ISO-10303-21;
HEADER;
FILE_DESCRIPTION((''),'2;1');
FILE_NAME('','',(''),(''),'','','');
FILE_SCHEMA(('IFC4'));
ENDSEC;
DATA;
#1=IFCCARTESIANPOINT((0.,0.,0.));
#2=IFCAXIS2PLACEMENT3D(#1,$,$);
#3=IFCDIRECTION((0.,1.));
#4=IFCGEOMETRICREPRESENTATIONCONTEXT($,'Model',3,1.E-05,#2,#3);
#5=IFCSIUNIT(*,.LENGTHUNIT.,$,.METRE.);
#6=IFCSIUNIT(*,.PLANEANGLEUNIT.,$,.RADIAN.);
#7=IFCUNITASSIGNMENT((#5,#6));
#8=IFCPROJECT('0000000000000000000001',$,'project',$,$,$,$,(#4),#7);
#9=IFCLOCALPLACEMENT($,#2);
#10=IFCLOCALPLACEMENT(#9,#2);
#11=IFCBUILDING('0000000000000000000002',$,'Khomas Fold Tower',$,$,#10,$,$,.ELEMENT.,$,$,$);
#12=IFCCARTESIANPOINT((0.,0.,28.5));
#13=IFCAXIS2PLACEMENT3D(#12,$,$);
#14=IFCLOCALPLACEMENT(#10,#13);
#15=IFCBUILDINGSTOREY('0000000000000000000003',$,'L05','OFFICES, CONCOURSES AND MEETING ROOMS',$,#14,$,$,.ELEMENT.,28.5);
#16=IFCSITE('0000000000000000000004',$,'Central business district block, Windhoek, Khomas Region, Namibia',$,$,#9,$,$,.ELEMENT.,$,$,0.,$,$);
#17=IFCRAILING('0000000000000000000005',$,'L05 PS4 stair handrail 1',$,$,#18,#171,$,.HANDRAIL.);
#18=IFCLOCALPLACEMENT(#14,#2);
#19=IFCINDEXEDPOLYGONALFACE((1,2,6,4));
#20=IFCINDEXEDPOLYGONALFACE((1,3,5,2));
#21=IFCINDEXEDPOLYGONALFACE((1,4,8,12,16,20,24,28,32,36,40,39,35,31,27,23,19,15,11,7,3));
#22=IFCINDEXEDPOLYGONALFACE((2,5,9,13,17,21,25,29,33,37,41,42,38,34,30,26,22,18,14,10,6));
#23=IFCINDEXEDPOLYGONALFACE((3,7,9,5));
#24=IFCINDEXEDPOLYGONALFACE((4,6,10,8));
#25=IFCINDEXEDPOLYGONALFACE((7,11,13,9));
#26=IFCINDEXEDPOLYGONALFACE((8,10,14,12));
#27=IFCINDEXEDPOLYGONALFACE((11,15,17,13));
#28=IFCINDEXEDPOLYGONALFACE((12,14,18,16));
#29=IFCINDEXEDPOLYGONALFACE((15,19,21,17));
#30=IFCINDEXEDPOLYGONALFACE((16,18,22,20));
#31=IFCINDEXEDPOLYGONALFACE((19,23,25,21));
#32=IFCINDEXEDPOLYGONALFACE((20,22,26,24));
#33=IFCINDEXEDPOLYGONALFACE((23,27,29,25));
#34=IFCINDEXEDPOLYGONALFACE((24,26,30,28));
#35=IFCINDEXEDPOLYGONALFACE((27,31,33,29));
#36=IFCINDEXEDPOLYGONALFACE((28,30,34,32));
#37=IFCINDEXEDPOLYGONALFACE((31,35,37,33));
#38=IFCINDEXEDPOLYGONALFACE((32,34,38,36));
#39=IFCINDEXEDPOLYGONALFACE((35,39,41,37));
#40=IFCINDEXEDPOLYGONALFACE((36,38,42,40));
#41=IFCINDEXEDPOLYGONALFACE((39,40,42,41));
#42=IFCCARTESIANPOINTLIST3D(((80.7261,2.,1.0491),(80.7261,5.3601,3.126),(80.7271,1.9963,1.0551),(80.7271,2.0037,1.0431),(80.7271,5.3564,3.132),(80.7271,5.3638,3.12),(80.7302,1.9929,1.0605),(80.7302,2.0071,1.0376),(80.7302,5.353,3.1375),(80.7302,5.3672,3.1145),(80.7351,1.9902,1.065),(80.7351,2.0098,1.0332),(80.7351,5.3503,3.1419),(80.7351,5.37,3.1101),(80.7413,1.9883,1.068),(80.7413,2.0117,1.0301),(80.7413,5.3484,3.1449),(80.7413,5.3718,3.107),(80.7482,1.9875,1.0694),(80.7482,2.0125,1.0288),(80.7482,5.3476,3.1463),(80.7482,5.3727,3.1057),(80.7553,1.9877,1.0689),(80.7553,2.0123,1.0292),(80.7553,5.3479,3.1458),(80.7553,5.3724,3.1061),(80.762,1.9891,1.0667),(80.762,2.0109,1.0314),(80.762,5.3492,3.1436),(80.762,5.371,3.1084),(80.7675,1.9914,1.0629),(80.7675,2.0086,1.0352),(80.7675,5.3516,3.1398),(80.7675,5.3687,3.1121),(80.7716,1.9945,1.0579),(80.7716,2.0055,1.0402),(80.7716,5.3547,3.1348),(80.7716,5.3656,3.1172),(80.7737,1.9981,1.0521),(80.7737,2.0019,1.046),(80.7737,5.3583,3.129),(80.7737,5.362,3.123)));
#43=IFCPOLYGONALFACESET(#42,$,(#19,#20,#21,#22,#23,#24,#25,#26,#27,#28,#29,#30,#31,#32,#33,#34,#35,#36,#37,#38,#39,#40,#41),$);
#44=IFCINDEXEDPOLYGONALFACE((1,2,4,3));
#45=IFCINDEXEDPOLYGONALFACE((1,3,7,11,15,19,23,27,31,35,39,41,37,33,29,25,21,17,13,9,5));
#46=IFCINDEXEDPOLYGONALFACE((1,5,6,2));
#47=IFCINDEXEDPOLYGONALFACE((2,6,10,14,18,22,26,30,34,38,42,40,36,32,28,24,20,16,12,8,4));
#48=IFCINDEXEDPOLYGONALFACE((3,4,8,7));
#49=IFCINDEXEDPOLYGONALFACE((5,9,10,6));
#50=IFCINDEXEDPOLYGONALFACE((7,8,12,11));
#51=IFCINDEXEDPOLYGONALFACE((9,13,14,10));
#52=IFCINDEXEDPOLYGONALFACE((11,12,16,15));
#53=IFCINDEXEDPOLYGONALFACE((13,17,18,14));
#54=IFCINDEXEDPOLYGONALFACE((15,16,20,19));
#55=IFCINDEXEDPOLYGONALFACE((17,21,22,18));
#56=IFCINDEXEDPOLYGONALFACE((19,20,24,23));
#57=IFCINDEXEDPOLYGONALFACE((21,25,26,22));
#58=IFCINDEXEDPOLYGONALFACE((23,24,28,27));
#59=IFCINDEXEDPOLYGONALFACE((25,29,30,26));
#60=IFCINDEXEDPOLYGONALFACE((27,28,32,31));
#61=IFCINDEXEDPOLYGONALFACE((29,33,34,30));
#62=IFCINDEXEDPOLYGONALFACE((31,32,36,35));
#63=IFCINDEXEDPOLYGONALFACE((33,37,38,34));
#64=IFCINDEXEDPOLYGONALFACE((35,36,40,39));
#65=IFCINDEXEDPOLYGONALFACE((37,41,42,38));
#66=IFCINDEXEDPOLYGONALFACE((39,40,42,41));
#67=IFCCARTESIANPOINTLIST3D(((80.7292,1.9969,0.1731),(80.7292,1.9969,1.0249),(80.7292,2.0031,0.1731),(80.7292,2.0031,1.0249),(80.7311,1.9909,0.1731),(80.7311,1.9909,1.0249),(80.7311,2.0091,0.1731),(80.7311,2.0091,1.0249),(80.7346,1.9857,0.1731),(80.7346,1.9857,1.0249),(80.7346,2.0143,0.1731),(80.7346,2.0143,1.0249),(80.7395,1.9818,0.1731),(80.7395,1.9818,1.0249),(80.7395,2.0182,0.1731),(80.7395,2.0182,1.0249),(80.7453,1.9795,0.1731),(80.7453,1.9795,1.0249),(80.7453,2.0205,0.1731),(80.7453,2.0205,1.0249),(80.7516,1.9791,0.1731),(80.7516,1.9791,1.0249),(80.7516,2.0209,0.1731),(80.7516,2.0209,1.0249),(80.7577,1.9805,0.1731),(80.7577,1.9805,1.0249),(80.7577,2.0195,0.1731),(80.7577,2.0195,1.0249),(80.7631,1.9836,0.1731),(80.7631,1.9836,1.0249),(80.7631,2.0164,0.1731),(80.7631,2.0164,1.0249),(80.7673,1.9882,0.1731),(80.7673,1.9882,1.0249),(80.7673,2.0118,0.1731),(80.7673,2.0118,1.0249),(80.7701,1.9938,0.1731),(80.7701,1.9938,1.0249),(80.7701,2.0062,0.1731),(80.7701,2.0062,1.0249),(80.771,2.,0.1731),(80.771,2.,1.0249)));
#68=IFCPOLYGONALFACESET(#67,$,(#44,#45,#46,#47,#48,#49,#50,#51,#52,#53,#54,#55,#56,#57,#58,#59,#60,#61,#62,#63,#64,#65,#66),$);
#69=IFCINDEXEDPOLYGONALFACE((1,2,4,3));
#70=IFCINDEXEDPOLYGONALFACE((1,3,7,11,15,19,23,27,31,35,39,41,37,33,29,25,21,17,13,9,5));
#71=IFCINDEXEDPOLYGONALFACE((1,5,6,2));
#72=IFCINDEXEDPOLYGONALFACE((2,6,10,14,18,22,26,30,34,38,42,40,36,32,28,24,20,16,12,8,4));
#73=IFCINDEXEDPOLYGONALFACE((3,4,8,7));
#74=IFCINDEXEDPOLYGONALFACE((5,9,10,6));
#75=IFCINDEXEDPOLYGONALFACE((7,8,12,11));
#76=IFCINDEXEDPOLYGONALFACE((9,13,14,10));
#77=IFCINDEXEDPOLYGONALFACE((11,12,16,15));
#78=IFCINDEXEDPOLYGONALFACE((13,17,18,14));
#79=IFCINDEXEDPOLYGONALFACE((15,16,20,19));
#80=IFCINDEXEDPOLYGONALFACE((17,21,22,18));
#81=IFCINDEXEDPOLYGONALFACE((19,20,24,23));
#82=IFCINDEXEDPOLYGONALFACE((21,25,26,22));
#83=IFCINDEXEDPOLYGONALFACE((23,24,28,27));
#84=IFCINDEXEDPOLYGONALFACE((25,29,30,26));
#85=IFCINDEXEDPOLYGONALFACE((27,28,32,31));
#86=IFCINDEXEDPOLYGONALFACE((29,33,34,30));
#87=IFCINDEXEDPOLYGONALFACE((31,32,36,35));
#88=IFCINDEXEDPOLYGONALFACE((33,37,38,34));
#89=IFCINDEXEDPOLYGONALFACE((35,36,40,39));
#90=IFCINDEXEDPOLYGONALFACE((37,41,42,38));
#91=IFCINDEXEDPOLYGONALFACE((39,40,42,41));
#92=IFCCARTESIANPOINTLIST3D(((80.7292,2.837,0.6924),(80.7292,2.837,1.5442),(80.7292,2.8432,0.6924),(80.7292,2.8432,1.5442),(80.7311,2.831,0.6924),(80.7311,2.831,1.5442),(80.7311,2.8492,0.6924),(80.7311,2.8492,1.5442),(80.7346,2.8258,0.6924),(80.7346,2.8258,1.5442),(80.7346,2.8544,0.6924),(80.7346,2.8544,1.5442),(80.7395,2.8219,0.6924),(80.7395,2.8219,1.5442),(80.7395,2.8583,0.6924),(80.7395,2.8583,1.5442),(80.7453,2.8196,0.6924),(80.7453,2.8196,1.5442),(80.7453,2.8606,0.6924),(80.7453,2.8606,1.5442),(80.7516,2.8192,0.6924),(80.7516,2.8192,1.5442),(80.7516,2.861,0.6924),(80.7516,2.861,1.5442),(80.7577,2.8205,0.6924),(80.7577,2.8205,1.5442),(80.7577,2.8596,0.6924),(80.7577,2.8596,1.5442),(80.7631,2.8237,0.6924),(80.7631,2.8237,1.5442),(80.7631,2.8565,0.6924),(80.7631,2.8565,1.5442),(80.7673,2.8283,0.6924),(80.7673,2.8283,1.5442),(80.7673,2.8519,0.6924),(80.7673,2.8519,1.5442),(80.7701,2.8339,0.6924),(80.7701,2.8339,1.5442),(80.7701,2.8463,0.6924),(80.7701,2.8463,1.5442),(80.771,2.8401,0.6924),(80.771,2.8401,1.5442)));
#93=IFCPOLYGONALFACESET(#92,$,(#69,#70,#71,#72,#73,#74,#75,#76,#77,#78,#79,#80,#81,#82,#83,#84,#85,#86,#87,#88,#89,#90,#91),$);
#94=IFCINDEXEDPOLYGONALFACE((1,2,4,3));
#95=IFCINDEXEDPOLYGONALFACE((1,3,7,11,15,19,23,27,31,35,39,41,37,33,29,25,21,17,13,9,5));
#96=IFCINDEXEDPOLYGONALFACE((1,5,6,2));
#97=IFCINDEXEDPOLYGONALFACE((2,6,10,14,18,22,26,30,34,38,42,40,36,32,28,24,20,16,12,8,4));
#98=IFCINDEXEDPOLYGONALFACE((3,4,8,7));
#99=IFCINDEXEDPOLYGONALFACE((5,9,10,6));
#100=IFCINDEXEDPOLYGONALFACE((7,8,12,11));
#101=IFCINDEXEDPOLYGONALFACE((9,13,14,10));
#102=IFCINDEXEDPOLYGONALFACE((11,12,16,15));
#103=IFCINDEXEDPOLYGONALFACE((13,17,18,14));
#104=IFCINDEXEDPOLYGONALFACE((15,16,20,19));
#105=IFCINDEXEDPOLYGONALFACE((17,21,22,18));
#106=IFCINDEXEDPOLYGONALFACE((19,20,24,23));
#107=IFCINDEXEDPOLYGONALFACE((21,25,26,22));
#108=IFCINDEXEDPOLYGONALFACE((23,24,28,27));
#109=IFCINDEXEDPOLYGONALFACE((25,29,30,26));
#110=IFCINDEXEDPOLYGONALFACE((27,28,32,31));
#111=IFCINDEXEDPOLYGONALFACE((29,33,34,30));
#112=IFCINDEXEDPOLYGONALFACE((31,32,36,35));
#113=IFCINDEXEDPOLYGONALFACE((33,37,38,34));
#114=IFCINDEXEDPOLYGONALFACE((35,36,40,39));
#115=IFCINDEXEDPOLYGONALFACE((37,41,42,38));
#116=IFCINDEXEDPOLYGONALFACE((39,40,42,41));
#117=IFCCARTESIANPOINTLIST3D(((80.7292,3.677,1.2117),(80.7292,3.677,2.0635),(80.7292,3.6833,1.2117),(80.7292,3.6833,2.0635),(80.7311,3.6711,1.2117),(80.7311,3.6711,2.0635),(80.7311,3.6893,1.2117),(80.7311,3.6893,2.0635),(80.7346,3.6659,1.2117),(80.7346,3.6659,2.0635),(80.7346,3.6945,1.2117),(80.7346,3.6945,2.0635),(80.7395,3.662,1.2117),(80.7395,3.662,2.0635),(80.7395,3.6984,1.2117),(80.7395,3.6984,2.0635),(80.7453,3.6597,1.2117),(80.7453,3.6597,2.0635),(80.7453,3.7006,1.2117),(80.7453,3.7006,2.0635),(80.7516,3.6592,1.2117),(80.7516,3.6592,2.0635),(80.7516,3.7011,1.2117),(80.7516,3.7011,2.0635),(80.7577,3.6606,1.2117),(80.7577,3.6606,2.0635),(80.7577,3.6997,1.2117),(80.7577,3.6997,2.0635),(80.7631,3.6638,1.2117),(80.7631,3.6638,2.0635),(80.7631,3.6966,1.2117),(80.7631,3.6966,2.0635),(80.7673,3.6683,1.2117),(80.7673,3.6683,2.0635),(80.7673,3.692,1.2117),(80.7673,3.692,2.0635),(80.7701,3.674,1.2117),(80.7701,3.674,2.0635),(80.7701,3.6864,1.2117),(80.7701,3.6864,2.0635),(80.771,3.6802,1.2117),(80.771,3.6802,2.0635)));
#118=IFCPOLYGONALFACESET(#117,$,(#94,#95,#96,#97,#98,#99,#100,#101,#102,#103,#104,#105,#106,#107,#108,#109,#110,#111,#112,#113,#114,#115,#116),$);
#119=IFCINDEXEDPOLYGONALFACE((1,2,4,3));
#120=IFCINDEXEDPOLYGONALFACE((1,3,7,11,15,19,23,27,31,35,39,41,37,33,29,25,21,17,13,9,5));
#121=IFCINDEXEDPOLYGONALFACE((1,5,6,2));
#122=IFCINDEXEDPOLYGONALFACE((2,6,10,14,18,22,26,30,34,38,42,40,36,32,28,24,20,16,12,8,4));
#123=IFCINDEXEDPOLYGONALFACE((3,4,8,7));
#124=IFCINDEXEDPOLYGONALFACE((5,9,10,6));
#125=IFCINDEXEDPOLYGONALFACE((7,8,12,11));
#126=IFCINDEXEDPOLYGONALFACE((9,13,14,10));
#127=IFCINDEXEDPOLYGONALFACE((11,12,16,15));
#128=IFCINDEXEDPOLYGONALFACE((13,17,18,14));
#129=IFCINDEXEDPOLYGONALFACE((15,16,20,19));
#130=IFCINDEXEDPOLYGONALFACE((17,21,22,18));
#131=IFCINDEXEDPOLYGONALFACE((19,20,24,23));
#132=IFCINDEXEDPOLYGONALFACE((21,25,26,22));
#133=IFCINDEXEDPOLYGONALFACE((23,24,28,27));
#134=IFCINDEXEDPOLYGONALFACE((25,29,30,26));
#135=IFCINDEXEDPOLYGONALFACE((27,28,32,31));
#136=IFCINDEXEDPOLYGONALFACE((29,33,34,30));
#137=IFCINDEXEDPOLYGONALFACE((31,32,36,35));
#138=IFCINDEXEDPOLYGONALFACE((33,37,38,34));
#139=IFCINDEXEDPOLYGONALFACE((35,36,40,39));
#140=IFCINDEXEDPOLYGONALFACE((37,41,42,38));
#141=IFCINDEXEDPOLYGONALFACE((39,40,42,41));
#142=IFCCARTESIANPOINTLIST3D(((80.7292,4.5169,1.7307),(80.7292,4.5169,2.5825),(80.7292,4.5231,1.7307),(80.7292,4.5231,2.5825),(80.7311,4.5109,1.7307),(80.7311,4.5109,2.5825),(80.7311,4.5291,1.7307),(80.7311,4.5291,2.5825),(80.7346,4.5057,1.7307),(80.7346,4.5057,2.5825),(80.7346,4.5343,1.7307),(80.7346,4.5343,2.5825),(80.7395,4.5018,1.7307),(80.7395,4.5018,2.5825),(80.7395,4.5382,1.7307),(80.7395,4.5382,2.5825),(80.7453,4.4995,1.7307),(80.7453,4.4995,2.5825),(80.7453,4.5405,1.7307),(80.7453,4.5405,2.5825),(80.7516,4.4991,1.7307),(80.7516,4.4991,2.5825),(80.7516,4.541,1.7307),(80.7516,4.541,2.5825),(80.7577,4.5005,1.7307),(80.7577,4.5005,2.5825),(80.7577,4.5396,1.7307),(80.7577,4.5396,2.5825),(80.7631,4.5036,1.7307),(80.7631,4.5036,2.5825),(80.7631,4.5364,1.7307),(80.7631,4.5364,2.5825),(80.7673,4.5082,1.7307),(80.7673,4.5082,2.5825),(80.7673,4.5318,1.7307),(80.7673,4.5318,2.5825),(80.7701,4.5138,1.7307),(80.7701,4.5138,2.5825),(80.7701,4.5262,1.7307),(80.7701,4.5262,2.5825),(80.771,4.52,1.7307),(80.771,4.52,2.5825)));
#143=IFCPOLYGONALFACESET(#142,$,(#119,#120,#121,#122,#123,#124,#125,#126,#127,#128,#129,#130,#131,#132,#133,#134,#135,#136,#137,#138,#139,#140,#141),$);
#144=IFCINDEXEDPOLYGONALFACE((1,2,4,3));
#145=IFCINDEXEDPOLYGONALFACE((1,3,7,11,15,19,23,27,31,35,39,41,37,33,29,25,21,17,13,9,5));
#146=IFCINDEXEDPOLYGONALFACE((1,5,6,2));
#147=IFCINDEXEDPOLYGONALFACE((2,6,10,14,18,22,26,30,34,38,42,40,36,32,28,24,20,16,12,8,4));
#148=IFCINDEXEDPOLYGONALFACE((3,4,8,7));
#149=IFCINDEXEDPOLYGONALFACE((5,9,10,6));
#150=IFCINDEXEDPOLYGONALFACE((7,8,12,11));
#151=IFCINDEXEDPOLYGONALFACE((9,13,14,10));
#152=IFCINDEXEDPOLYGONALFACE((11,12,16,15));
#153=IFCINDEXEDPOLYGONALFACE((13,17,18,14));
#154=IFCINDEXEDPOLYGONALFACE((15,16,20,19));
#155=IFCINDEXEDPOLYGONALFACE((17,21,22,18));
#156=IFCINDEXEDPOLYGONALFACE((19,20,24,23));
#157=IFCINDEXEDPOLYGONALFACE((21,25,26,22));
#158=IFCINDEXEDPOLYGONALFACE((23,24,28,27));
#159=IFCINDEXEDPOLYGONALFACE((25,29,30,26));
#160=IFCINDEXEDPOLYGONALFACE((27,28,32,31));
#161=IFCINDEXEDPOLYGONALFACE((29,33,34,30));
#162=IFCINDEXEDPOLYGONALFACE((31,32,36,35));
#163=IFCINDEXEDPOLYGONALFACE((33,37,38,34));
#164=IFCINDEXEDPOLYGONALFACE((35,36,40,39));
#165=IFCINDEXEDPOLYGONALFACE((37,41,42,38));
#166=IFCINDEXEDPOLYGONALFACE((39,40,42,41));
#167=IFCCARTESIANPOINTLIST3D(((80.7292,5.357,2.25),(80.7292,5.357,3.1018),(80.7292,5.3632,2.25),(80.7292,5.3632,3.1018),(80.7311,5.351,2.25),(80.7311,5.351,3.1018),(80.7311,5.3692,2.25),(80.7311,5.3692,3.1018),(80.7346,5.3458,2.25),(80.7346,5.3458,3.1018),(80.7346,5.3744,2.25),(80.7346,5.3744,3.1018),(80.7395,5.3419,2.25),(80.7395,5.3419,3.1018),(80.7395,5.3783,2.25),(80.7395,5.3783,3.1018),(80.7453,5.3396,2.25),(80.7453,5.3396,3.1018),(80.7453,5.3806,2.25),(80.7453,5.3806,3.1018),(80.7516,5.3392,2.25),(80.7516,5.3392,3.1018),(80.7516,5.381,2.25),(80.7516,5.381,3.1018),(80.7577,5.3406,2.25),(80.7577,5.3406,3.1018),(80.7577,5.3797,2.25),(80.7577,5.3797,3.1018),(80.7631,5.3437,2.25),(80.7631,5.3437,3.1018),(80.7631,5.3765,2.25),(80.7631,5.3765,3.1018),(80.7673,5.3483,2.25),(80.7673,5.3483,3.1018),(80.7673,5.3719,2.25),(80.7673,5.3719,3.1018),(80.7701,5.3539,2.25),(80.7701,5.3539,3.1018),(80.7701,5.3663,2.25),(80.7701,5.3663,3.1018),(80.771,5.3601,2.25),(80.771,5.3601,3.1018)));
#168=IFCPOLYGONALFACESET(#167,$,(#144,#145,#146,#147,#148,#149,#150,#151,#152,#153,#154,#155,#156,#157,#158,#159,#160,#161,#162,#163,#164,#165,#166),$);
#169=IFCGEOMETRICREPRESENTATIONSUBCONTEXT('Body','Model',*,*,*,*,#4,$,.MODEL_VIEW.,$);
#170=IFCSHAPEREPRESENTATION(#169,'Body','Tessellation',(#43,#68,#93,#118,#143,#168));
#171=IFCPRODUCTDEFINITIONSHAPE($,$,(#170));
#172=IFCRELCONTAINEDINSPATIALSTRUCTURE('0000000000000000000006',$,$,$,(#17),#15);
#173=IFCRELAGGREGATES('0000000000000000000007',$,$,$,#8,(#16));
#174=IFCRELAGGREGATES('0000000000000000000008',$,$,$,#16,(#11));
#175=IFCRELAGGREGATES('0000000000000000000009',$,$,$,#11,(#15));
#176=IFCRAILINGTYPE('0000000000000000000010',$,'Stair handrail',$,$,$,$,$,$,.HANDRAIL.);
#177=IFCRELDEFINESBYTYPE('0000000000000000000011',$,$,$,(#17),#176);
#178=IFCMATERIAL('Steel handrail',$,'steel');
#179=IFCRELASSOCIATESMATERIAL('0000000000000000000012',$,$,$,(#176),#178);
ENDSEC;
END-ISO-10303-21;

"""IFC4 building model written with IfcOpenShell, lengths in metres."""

from ifc_helpers import new_model, si_unit, direction, frame, origin, origin_2d, place, context, subcontext, project, spatial, circle, extrude, source, transform, mapped, material, type_object, element, save


model = new_model("IFC4")

# Units and contexts
model_context = context("Model", 3, precision=1e-05, world=origin(), true_north=direction((0.0, 1.0)))
body_context = subcontext(model_context, "Body", "Model", "MODEL_VIEW")
ifc_project = project(units=[si_unit("LENGTHUNIT", "METRE"), si_unit("PLANEANGLEUNIT", "RADIAN")], contexts=[model_context])

# Site, building, storey
site_placement = place(None, origin())
site = spatial("IfcSite", under=ifc_project, at=site_placement, Name="Central business district block, Windhoek, Khomas Region, Namibia", CompositionType="ELEMENT", RefElevation=0.0)
building_placement = place(site_placement, origin())
building = spatial("IfcBuilding", under=site, at=building_placement, Name="Khomas Fold Tower", CompositionType="ELEMENT")
storey_placement = place(building_placement, frame((0.0, 0.0, 28.5)))
storey = spatial("IfcBuildingStorey", under=building, at=storey_placement, Name="L05", Description="OFFICES, CONCOURSES AND MEETING ROOMS", CompositionType="ELEMENT", Elevation=28.5)

# Railing
ifc_material_1 = material(Name="Steel handrail", Category="steel")
railing_type_1 = type_object("IfcRailingType", Name="Stair handrail", PredefinedType="HANDRAIL", material=ifc_material_1)
shared_shape_1 = source(origin(), body_context, "Body", "SweptSolid", [
    extrude(circle(Radius=0.0239, at=origin_2d()), frame((0.0, 0.0, 0.876), z_axis=(0.0, 0.850623, 0.525776), x_axis=(-1.0, 0.0, 0.0)), (0.0, 0.0, 1.0), 3.9502),
    extrude(circle(Radius=0.021, at=origin_2d()), origin(), (0.0, 0.0, 1.0), 0.8518),
    extrude(circle(Radius=0.021, at=origin_2d()), frame((0.0, 0.8401, 0.5193)), (0.0, 0.0, 1.0), 0.8518),
    extrude(circle(Radius=0.021, at=origin_2d()), frame((0.0, 1.6802, 1.0386)), (0.0, 0.0, 1.0), 0.8518),
    extrude(circle(Radius=0.021, at=origin_2d()), frame((0.0, 2.52, 1.5576)), (0.0, 0.0, 1.0), 0.8518),
    extrude(circle(Radius=0.021, at=origin_2d()), frame((0.0, 3.3601, 2.0769)), (0.0, 0.0, 1.0), 0.8518),
])
railing_1_placement = place(storey_placement, frame((80.75, 2.0, 0.1731)))
element("IfcRailing", 1, at=railing_1_placement, inside=storey, type_object=railing_type_1, Name="L05 PS4 stair handrail 1", PredefinedType="HANDRAIL", context=body_context, shape_type="MappedRepresentation", body=[
    mapped(shared_shape_1, transform((0.0, 0.0, 0.0))),
])

save(model, "model.ifc")
